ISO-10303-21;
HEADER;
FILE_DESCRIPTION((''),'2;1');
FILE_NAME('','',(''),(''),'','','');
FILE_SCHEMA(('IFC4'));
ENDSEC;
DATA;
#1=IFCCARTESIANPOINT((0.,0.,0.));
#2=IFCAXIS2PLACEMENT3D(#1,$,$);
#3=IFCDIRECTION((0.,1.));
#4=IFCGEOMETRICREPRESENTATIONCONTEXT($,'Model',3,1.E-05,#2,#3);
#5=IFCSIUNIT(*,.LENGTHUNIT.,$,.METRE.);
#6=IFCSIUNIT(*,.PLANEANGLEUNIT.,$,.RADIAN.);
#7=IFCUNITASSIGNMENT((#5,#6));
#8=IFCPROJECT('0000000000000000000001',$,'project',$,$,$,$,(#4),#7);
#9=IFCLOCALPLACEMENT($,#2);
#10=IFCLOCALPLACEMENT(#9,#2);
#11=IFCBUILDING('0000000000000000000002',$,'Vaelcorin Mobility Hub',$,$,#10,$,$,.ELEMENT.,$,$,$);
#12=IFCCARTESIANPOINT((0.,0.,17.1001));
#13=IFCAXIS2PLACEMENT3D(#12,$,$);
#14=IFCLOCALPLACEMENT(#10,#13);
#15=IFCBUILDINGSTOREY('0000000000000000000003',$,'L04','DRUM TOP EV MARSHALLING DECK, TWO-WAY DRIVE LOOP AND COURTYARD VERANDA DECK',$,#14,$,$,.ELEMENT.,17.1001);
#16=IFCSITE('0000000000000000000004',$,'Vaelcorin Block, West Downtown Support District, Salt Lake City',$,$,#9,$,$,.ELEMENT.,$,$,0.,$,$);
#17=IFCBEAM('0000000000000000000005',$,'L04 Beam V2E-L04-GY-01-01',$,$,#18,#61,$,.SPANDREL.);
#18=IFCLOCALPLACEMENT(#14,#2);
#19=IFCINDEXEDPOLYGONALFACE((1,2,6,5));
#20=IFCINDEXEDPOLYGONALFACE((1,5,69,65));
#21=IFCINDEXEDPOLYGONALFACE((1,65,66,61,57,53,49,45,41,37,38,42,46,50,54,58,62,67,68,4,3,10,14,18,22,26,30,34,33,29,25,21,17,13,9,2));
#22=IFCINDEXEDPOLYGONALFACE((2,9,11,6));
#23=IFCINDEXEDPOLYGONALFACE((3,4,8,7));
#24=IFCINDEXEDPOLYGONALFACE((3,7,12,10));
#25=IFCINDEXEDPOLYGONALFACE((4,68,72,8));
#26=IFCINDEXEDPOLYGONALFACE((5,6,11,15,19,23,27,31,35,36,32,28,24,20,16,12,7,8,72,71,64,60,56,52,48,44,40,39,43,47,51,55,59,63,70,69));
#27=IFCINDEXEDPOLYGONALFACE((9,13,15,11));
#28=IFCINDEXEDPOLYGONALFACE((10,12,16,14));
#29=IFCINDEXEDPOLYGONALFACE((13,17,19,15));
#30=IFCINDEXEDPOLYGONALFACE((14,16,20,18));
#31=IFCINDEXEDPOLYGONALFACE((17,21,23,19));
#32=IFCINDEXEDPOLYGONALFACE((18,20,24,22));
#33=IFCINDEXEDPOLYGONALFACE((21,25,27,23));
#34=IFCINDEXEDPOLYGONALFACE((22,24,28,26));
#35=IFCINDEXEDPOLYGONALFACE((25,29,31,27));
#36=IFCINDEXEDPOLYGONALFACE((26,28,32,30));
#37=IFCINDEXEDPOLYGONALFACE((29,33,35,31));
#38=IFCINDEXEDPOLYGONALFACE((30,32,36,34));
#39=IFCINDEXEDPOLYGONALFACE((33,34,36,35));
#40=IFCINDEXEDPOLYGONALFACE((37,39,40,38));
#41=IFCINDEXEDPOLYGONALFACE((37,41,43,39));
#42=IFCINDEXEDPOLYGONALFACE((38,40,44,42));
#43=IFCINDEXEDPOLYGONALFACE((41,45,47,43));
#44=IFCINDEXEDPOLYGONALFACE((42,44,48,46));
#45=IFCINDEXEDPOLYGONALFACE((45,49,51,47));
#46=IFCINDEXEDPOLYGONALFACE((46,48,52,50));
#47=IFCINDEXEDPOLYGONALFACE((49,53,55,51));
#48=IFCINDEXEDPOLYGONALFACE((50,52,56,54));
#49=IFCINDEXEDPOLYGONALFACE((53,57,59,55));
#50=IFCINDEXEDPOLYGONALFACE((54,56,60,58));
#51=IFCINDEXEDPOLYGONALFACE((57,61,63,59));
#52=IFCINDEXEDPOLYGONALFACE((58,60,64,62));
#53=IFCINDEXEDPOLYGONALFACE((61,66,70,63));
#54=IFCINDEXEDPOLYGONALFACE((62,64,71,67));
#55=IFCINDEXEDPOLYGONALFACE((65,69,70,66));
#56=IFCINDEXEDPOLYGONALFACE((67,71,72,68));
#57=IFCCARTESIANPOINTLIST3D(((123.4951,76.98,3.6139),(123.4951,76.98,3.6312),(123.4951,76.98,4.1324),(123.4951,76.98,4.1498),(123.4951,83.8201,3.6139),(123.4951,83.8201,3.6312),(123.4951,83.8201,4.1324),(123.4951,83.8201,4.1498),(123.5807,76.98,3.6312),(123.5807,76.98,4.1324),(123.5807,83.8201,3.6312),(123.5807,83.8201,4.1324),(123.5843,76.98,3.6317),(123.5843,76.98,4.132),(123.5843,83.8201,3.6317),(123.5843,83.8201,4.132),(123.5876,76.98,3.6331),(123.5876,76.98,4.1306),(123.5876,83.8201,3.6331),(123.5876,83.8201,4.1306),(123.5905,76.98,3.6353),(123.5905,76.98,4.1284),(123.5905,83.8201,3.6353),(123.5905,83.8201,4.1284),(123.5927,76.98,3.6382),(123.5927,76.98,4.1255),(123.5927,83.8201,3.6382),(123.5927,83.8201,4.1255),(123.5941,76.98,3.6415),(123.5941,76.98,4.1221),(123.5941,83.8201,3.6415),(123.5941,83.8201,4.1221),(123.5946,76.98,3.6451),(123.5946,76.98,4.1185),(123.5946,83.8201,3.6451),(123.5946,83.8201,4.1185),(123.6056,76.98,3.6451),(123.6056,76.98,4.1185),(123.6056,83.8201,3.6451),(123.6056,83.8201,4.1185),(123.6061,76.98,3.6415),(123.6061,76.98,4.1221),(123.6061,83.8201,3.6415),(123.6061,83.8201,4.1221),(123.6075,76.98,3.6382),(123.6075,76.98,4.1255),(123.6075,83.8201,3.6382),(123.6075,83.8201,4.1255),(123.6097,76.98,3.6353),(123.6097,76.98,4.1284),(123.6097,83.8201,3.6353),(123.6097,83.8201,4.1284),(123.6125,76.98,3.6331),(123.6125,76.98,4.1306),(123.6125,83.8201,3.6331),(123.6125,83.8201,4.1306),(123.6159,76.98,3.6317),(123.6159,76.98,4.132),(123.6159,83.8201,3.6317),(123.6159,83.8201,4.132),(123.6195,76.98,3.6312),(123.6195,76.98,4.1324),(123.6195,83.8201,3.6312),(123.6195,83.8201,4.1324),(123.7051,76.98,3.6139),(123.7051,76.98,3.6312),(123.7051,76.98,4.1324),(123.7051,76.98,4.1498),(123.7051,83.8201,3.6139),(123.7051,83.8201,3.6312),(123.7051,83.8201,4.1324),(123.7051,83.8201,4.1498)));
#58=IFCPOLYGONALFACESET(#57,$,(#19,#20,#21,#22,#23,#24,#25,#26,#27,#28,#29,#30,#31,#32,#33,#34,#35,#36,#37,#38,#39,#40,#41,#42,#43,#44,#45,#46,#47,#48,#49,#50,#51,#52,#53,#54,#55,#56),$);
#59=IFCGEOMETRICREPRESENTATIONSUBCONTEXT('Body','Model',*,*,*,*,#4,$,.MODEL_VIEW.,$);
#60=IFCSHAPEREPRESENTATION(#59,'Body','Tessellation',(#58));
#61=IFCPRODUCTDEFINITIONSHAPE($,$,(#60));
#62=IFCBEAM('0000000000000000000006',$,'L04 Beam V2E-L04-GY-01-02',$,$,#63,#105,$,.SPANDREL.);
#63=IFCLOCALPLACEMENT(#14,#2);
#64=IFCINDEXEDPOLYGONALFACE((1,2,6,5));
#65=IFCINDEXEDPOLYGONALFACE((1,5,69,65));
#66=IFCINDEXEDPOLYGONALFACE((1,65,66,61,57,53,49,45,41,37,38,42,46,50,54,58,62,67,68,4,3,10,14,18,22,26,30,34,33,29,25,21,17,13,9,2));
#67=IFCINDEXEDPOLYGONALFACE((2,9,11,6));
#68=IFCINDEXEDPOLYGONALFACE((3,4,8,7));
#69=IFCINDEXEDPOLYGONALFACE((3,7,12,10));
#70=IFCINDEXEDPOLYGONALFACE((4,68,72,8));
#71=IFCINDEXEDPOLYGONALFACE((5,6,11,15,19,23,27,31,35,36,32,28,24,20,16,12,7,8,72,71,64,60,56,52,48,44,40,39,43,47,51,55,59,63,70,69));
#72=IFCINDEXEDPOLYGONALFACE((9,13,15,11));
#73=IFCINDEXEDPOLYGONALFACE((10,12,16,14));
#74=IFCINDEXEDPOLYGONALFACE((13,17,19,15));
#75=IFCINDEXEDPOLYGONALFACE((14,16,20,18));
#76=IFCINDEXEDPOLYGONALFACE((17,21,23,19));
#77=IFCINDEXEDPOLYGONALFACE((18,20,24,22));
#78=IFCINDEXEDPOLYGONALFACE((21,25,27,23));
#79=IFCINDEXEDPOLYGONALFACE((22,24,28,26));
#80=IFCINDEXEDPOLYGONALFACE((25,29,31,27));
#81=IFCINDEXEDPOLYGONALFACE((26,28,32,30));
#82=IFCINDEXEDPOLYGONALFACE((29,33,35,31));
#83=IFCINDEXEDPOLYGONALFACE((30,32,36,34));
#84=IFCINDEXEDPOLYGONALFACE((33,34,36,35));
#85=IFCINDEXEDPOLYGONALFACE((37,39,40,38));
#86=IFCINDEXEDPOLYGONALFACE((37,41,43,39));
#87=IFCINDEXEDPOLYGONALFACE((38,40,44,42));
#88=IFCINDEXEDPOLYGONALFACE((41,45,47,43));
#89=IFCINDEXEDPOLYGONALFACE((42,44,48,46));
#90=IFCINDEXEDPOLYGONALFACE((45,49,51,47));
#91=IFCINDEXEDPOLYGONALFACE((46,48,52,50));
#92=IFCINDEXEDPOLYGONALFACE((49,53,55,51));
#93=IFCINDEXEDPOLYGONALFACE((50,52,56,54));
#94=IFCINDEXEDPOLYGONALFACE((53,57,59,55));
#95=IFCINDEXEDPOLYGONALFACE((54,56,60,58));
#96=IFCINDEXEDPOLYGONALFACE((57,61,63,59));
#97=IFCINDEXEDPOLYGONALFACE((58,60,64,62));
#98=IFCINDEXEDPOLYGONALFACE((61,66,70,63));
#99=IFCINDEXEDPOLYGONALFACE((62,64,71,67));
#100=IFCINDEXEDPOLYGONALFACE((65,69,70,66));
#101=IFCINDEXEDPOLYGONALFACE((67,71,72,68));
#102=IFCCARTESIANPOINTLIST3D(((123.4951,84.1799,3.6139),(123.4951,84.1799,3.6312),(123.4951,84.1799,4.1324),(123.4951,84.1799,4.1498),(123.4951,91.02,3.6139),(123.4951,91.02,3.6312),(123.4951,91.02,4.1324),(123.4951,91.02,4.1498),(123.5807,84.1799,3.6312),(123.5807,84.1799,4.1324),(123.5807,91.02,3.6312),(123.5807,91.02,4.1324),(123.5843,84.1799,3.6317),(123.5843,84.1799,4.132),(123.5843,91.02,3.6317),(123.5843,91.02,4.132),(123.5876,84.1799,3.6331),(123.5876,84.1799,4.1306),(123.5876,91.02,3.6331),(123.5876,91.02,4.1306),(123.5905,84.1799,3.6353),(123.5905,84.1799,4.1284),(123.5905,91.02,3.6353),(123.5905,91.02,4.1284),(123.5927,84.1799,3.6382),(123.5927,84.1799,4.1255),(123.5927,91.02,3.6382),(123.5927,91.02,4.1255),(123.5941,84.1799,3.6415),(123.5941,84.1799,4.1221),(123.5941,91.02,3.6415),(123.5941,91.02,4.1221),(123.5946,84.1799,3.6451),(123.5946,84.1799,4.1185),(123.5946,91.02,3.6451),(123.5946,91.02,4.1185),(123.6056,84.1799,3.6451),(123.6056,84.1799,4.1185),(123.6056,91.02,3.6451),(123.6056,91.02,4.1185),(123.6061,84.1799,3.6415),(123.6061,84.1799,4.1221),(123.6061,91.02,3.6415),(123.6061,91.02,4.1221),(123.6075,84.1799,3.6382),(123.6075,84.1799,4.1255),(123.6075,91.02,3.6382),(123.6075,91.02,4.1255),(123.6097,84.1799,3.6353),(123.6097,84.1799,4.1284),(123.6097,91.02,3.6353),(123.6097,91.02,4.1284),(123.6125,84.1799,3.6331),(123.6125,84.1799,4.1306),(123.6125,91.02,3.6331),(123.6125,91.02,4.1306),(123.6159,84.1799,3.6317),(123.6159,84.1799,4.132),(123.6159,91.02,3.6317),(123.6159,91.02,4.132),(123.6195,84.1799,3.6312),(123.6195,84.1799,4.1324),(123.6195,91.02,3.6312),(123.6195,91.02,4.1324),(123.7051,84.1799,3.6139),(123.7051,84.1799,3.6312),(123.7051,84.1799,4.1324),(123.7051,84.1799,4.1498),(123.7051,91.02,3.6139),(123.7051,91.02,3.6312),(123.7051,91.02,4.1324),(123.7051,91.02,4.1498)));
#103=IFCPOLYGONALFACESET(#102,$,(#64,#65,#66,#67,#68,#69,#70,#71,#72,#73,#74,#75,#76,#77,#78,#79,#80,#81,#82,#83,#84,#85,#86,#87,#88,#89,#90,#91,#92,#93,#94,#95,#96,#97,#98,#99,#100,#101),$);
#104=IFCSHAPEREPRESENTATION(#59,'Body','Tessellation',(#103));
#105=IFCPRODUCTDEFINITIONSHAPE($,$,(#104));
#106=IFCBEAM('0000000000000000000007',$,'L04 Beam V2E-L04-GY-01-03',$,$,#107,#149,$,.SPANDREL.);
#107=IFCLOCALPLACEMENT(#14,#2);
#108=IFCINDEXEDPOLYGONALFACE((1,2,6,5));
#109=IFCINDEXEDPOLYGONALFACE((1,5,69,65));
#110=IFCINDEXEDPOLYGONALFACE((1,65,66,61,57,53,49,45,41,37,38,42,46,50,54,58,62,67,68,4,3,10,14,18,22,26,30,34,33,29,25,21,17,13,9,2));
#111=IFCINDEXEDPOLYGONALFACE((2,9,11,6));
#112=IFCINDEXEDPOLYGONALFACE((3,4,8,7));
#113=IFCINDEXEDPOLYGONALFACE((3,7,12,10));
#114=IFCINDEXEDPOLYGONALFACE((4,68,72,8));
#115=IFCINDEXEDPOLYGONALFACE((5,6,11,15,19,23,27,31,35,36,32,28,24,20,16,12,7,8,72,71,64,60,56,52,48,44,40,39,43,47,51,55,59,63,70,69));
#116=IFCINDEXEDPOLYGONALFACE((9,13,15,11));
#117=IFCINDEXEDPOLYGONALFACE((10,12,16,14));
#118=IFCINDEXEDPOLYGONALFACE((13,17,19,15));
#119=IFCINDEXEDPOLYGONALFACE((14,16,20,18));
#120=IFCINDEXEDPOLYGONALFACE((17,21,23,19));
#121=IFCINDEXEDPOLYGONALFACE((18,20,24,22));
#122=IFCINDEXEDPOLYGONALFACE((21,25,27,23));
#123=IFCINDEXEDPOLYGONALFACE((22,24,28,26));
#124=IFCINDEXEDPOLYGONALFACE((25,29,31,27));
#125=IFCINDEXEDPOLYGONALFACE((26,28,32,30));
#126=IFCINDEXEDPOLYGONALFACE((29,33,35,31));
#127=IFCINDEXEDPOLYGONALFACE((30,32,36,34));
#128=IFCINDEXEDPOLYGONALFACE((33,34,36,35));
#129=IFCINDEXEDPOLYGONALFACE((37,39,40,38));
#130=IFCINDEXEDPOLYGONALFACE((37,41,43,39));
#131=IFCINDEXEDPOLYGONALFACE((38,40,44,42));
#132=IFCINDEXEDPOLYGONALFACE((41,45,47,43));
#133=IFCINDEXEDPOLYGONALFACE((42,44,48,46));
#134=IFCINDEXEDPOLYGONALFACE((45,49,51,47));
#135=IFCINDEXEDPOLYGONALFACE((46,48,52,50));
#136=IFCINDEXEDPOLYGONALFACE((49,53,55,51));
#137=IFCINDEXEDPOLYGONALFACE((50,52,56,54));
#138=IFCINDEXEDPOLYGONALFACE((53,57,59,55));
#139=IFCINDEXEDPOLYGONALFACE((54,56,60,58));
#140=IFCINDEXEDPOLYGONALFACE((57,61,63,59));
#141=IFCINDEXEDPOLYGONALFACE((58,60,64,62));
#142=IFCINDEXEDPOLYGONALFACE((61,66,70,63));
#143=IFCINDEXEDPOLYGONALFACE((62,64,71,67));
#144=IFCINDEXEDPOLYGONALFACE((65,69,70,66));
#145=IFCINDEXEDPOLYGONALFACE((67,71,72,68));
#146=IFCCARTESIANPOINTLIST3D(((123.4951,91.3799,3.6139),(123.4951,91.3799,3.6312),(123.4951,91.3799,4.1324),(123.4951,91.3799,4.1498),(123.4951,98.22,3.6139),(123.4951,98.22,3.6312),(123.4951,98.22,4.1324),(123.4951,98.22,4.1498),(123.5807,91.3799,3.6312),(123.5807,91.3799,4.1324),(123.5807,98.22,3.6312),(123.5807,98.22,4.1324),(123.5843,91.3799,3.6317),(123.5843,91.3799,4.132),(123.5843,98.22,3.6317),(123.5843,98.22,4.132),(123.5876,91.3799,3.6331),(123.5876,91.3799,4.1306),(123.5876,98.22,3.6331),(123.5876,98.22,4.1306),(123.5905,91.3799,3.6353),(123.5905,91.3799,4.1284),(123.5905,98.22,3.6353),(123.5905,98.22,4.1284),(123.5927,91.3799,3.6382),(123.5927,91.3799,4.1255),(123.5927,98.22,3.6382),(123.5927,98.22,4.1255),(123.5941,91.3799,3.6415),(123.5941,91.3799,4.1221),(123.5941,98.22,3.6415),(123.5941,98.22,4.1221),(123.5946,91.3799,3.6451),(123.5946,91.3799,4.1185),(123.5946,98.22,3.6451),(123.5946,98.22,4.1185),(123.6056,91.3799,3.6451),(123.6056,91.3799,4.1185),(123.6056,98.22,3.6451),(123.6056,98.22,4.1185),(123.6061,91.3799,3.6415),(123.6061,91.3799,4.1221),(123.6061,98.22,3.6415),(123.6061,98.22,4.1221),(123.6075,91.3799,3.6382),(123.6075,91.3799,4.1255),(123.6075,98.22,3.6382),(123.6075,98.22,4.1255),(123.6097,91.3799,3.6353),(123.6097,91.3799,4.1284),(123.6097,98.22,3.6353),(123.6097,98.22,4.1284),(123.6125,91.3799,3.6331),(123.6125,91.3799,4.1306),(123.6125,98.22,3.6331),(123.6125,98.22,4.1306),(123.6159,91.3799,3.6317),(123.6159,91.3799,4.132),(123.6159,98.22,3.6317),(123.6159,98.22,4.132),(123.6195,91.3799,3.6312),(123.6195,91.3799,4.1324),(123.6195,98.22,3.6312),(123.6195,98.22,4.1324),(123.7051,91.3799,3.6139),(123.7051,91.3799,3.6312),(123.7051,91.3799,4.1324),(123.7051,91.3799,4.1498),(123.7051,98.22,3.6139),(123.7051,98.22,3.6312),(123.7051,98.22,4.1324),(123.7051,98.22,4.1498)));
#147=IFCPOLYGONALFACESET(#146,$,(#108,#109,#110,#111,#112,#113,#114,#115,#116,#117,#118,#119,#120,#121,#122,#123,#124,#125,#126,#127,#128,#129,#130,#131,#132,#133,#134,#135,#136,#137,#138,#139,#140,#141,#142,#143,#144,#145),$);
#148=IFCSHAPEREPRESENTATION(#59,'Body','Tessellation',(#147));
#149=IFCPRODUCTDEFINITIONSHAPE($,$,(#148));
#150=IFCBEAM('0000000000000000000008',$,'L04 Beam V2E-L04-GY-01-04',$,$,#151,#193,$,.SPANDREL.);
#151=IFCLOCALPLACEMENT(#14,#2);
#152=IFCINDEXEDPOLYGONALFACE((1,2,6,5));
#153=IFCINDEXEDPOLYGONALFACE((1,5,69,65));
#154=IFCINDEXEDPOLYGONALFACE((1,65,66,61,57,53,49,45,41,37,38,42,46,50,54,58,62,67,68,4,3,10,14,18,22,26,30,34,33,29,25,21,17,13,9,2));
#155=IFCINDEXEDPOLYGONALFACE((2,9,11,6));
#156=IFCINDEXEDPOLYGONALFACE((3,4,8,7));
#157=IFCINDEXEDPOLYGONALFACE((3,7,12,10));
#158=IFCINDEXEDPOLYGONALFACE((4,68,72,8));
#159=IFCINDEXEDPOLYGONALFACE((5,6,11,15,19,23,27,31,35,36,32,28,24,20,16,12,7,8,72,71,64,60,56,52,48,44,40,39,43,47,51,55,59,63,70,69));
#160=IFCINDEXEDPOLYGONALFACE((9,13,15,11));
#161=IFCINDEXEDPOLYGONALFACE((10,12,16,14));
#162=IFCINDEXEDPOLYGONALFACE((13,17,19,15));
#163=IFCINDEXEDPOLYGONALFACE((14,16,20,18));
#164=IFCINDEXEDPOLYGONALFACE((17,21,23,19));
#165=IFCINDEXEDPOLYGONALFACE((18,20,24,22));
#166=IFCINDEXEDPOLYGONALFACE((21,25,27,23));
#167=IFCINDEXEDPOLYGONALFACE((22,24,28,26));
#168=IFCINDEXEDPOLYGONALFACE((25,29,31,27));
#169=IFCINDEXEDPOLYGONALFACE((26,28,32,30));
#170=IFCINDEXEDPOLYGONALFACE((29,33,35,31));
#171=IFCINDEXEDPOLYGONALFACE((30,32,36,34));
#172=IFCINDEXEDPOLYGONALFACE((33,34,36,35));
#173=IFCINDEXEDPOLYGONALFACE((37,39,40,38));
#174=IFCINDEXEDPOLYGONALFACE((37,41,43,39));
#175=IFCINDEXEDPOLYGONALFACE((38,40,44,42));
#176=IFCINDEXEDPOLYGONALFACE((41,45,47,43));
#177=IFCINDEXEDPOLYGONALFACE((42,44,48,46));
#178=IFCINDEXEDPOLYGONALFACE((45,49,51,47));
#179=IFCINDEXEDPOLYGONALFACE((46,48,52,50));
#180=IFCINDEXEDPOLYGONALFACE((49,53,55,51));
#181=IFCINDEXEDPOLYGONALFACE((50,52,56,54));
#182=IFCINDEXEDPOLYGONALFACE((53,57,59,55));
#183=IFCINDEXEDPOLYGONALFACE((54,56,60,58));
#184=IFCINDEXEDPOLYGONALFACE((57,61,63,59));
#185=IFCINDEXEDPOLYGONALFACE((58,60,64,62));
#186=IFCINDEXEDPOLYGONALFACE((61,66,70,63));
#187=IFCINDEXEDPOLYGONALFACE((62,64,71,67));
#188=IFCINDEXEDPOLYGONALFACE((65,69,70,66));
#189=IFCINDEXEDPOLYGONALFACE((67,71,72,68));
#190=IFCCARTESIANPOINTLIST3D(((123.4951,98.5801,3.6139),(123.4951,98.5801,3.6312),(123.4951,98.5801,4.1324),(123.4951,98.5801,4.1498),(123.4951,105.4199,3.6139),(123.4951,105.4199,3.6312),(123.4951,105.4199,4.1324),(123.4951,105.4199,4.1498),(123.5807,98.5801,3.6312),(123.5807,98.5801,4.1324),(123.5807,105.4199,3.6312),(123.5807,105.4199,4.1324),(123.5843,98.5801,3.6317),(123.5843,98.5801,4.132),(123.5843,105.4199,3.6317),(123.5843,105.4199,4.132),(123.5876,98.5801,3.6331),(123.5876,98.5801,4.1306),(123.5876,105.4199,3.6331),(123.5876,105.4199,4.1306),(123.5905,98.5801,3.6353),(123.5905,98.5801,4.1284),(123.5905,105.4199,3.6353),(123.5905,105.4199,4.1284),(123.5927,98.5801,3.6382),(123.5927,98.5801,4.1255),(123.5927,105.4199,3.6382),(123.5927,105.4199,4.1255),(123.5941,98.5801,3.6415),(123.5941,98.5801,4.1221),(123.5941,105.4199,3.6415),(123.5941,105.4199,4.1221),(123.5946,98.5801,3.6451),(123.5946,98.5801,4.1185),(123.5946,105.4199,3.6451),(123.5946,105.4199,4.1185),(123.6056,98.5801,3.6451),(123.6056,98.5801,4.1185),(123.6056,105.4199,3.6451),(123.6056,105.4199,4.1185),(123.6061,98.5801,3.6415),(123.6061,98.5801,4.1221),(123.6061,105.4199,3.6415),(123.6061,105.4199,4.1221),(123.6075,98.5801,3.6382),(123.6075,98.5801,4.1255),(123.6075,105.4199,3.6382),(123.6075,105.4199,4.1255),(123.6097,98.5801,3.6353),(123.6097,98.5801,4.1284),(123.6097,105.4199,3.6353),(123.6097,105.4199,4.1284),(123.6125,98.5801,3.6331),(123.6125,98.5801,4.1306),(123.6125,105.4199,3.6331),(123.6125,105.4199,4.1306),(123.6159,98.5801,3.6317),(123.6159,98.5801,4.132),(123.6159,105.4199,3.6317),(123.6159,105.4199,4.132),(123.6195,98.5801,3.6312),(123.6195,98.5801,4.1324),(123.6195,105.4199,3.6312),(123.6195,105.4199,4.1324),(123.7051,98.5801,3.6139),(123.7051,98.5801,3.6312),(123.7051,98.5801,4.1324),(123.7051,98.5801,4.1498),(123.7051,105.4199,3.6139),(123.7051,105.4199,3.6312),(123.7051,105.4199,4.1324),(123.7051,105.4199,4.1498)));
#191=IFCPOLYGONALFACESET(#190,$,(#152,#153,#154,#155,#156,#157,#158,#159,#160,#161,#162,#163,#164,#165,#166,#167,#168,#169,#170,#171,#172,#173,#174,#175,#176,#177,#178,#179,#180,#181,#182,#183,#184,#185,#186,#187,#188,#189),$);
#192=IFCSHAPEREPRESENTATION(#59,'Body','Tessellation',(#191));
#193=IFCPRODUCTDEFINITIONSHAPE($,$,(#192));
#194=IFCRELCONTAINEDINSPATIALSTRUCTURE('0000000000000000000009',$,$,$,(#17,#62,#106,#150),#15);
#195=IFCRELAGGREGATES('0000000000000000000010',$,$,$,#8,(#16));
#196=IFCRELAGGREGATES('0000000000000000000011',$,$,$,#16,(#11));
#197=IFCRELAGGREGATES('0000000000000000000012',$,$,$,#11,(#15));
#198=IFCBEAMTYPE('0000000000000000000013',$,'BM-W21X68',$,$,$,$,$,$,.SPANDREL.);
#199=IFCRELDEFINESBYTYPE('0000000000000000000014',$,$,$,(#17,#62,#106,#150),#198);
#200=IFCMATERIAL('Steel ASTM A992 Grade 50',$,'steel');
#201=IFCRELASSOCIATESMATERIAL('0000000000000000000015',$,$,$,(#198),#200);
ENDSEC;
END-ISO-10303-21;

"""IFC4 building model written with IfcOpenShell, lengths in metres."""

from ifc_helpers import new_model, si_unit, direction, frame, origin, origin_2d, place, context, subcontext, project, spatial, i_section, extrude, material, material_profile, profile_set, type_object, element, save


model = new_model("IFC4")

# Units and contexts
model_context = context("Model", 3, precision=1e-05, world=origin(), true_north=direction((0.0, 1.0)))
body_context = subcontext(model_context, "Body", "Model", "MODEL_VIEW")
ifc_project = project(units=[si_unit("LENGTHUNIT", "METRE"), si_unit("PLANEANGLEUNIT", "RADIAN")], contexts=[model_context])

# Site, building, storey
site_placement = place(None, origin())
site = spatial("IfcSite", under=ifc_project, at=site_placement, Name="Vaelcorin Block, West Downtown Support District, Salt Lake City", CompositionType="ELEMENT", RefElevation=0.0)
building_placement = place(site_placement, origin())
building = spatial("IfcBuilding", under=site, at=building_placement, Name="Vaelcorin Mobility Hub", CompositionType="ELEMENT")
storey_placement = place(building_placement, frame((0.0, 0.0, 17.1001)))
storey = spatial("IfcBuildingStorey", under=building, at=storey_placement, Name="L04", Description="DRUM TOP EV MARSHALLING DECK, TWO-WAY DRIVE LOOP AND COURTYARD VERANDA DECK", CompositionType="ELEMENT", Elevation=17.1001)

# Shared definitions
ifc_material_1 = material(Name="Steel ASTM A992 Grade 50", Category="steel")

# Beams
ifc_material_profile_1 = material_profile(ifc_material_1, i_section(OverallWidth=0.21, OverallDepth=0.5359, WebThickness=0.011, FlangeThickness=0.0173, FilletRadius=0.0139, at=origin_2d()), Name="W21X68")
ifc_profile_set_1 = profile_set([ifc_material_profile_1], Name="Steel ASTM A992 Grade 50")
beam_type_1 = type_object("IfcBeamType", Name="BM-W21X68", PredefinedType="SPANDREL", material=ifc_profile_set_1)
for number, where, z_axis, x_axis, name in (
    (1, (123.6001, 76.98, 3.8818), (0.0, 1.0, 0.0), (-1.0, 0.0, 0.0), "L04 Beam V2E-L04-GY-01-01"),
    (2, (123.6001, 84.1799, 3.8818), (0.0, 1.0, 0.0), (-1.0, 0.0, 0.0), "L04 Beam V2E-L04-GY-01-02"),
    (3, (123.6001, 91.3799, 3.8818), (0.0, 1.0, 0.0), (-1.0, 0.0, 0.0), "L04 Beam V2E-L04-GY-01-03"),
):
    element("IfcBeam", number, at=place(storey_placement, frame(where, z_axis=z_axis, x_axis=x_axis)), inside=storey, type_object=beam_type_1, Name=name, PredefinedType="SPANDREL", context=body_context, shape_type="SweptSolid", body=[
        extrude(i_section(OverallWidth=0.21, OverallDepth=0.5359, WebThickness=0.011, FlangeThickness=0.0173, FilletRadius=0.0139, at=origin_2d()), origin(), (0.0, 0.0, 1.0), 6.8401),
    ])
beam_placement = place(storey_placement, frame((123.6001, 98.5801, 3.8818), z_axis=(0.0, 1.0, 0.0), x_axis=(-1.0, 0.0, 0.0)))
element("IfcBeam", 4, at=beam_placement, inside=storey, type_object=beam_type_1, Name="L04 Beam V2E-L04-GY-01-04", PredefinedType="SPANDREL", context=body_context, shape_type="SweptSolid", body=[
    extrude(i_section(OverallWidth=0.21, OverallDepth=0.5359, WebThickness=0.011, FlangeThickness=0.0173, FilletRadius=0.0139, at=origin_2d()), origin(), (0.0, 0.0, 1.0), 6.8398),
])

save(model, "model.ifc")
